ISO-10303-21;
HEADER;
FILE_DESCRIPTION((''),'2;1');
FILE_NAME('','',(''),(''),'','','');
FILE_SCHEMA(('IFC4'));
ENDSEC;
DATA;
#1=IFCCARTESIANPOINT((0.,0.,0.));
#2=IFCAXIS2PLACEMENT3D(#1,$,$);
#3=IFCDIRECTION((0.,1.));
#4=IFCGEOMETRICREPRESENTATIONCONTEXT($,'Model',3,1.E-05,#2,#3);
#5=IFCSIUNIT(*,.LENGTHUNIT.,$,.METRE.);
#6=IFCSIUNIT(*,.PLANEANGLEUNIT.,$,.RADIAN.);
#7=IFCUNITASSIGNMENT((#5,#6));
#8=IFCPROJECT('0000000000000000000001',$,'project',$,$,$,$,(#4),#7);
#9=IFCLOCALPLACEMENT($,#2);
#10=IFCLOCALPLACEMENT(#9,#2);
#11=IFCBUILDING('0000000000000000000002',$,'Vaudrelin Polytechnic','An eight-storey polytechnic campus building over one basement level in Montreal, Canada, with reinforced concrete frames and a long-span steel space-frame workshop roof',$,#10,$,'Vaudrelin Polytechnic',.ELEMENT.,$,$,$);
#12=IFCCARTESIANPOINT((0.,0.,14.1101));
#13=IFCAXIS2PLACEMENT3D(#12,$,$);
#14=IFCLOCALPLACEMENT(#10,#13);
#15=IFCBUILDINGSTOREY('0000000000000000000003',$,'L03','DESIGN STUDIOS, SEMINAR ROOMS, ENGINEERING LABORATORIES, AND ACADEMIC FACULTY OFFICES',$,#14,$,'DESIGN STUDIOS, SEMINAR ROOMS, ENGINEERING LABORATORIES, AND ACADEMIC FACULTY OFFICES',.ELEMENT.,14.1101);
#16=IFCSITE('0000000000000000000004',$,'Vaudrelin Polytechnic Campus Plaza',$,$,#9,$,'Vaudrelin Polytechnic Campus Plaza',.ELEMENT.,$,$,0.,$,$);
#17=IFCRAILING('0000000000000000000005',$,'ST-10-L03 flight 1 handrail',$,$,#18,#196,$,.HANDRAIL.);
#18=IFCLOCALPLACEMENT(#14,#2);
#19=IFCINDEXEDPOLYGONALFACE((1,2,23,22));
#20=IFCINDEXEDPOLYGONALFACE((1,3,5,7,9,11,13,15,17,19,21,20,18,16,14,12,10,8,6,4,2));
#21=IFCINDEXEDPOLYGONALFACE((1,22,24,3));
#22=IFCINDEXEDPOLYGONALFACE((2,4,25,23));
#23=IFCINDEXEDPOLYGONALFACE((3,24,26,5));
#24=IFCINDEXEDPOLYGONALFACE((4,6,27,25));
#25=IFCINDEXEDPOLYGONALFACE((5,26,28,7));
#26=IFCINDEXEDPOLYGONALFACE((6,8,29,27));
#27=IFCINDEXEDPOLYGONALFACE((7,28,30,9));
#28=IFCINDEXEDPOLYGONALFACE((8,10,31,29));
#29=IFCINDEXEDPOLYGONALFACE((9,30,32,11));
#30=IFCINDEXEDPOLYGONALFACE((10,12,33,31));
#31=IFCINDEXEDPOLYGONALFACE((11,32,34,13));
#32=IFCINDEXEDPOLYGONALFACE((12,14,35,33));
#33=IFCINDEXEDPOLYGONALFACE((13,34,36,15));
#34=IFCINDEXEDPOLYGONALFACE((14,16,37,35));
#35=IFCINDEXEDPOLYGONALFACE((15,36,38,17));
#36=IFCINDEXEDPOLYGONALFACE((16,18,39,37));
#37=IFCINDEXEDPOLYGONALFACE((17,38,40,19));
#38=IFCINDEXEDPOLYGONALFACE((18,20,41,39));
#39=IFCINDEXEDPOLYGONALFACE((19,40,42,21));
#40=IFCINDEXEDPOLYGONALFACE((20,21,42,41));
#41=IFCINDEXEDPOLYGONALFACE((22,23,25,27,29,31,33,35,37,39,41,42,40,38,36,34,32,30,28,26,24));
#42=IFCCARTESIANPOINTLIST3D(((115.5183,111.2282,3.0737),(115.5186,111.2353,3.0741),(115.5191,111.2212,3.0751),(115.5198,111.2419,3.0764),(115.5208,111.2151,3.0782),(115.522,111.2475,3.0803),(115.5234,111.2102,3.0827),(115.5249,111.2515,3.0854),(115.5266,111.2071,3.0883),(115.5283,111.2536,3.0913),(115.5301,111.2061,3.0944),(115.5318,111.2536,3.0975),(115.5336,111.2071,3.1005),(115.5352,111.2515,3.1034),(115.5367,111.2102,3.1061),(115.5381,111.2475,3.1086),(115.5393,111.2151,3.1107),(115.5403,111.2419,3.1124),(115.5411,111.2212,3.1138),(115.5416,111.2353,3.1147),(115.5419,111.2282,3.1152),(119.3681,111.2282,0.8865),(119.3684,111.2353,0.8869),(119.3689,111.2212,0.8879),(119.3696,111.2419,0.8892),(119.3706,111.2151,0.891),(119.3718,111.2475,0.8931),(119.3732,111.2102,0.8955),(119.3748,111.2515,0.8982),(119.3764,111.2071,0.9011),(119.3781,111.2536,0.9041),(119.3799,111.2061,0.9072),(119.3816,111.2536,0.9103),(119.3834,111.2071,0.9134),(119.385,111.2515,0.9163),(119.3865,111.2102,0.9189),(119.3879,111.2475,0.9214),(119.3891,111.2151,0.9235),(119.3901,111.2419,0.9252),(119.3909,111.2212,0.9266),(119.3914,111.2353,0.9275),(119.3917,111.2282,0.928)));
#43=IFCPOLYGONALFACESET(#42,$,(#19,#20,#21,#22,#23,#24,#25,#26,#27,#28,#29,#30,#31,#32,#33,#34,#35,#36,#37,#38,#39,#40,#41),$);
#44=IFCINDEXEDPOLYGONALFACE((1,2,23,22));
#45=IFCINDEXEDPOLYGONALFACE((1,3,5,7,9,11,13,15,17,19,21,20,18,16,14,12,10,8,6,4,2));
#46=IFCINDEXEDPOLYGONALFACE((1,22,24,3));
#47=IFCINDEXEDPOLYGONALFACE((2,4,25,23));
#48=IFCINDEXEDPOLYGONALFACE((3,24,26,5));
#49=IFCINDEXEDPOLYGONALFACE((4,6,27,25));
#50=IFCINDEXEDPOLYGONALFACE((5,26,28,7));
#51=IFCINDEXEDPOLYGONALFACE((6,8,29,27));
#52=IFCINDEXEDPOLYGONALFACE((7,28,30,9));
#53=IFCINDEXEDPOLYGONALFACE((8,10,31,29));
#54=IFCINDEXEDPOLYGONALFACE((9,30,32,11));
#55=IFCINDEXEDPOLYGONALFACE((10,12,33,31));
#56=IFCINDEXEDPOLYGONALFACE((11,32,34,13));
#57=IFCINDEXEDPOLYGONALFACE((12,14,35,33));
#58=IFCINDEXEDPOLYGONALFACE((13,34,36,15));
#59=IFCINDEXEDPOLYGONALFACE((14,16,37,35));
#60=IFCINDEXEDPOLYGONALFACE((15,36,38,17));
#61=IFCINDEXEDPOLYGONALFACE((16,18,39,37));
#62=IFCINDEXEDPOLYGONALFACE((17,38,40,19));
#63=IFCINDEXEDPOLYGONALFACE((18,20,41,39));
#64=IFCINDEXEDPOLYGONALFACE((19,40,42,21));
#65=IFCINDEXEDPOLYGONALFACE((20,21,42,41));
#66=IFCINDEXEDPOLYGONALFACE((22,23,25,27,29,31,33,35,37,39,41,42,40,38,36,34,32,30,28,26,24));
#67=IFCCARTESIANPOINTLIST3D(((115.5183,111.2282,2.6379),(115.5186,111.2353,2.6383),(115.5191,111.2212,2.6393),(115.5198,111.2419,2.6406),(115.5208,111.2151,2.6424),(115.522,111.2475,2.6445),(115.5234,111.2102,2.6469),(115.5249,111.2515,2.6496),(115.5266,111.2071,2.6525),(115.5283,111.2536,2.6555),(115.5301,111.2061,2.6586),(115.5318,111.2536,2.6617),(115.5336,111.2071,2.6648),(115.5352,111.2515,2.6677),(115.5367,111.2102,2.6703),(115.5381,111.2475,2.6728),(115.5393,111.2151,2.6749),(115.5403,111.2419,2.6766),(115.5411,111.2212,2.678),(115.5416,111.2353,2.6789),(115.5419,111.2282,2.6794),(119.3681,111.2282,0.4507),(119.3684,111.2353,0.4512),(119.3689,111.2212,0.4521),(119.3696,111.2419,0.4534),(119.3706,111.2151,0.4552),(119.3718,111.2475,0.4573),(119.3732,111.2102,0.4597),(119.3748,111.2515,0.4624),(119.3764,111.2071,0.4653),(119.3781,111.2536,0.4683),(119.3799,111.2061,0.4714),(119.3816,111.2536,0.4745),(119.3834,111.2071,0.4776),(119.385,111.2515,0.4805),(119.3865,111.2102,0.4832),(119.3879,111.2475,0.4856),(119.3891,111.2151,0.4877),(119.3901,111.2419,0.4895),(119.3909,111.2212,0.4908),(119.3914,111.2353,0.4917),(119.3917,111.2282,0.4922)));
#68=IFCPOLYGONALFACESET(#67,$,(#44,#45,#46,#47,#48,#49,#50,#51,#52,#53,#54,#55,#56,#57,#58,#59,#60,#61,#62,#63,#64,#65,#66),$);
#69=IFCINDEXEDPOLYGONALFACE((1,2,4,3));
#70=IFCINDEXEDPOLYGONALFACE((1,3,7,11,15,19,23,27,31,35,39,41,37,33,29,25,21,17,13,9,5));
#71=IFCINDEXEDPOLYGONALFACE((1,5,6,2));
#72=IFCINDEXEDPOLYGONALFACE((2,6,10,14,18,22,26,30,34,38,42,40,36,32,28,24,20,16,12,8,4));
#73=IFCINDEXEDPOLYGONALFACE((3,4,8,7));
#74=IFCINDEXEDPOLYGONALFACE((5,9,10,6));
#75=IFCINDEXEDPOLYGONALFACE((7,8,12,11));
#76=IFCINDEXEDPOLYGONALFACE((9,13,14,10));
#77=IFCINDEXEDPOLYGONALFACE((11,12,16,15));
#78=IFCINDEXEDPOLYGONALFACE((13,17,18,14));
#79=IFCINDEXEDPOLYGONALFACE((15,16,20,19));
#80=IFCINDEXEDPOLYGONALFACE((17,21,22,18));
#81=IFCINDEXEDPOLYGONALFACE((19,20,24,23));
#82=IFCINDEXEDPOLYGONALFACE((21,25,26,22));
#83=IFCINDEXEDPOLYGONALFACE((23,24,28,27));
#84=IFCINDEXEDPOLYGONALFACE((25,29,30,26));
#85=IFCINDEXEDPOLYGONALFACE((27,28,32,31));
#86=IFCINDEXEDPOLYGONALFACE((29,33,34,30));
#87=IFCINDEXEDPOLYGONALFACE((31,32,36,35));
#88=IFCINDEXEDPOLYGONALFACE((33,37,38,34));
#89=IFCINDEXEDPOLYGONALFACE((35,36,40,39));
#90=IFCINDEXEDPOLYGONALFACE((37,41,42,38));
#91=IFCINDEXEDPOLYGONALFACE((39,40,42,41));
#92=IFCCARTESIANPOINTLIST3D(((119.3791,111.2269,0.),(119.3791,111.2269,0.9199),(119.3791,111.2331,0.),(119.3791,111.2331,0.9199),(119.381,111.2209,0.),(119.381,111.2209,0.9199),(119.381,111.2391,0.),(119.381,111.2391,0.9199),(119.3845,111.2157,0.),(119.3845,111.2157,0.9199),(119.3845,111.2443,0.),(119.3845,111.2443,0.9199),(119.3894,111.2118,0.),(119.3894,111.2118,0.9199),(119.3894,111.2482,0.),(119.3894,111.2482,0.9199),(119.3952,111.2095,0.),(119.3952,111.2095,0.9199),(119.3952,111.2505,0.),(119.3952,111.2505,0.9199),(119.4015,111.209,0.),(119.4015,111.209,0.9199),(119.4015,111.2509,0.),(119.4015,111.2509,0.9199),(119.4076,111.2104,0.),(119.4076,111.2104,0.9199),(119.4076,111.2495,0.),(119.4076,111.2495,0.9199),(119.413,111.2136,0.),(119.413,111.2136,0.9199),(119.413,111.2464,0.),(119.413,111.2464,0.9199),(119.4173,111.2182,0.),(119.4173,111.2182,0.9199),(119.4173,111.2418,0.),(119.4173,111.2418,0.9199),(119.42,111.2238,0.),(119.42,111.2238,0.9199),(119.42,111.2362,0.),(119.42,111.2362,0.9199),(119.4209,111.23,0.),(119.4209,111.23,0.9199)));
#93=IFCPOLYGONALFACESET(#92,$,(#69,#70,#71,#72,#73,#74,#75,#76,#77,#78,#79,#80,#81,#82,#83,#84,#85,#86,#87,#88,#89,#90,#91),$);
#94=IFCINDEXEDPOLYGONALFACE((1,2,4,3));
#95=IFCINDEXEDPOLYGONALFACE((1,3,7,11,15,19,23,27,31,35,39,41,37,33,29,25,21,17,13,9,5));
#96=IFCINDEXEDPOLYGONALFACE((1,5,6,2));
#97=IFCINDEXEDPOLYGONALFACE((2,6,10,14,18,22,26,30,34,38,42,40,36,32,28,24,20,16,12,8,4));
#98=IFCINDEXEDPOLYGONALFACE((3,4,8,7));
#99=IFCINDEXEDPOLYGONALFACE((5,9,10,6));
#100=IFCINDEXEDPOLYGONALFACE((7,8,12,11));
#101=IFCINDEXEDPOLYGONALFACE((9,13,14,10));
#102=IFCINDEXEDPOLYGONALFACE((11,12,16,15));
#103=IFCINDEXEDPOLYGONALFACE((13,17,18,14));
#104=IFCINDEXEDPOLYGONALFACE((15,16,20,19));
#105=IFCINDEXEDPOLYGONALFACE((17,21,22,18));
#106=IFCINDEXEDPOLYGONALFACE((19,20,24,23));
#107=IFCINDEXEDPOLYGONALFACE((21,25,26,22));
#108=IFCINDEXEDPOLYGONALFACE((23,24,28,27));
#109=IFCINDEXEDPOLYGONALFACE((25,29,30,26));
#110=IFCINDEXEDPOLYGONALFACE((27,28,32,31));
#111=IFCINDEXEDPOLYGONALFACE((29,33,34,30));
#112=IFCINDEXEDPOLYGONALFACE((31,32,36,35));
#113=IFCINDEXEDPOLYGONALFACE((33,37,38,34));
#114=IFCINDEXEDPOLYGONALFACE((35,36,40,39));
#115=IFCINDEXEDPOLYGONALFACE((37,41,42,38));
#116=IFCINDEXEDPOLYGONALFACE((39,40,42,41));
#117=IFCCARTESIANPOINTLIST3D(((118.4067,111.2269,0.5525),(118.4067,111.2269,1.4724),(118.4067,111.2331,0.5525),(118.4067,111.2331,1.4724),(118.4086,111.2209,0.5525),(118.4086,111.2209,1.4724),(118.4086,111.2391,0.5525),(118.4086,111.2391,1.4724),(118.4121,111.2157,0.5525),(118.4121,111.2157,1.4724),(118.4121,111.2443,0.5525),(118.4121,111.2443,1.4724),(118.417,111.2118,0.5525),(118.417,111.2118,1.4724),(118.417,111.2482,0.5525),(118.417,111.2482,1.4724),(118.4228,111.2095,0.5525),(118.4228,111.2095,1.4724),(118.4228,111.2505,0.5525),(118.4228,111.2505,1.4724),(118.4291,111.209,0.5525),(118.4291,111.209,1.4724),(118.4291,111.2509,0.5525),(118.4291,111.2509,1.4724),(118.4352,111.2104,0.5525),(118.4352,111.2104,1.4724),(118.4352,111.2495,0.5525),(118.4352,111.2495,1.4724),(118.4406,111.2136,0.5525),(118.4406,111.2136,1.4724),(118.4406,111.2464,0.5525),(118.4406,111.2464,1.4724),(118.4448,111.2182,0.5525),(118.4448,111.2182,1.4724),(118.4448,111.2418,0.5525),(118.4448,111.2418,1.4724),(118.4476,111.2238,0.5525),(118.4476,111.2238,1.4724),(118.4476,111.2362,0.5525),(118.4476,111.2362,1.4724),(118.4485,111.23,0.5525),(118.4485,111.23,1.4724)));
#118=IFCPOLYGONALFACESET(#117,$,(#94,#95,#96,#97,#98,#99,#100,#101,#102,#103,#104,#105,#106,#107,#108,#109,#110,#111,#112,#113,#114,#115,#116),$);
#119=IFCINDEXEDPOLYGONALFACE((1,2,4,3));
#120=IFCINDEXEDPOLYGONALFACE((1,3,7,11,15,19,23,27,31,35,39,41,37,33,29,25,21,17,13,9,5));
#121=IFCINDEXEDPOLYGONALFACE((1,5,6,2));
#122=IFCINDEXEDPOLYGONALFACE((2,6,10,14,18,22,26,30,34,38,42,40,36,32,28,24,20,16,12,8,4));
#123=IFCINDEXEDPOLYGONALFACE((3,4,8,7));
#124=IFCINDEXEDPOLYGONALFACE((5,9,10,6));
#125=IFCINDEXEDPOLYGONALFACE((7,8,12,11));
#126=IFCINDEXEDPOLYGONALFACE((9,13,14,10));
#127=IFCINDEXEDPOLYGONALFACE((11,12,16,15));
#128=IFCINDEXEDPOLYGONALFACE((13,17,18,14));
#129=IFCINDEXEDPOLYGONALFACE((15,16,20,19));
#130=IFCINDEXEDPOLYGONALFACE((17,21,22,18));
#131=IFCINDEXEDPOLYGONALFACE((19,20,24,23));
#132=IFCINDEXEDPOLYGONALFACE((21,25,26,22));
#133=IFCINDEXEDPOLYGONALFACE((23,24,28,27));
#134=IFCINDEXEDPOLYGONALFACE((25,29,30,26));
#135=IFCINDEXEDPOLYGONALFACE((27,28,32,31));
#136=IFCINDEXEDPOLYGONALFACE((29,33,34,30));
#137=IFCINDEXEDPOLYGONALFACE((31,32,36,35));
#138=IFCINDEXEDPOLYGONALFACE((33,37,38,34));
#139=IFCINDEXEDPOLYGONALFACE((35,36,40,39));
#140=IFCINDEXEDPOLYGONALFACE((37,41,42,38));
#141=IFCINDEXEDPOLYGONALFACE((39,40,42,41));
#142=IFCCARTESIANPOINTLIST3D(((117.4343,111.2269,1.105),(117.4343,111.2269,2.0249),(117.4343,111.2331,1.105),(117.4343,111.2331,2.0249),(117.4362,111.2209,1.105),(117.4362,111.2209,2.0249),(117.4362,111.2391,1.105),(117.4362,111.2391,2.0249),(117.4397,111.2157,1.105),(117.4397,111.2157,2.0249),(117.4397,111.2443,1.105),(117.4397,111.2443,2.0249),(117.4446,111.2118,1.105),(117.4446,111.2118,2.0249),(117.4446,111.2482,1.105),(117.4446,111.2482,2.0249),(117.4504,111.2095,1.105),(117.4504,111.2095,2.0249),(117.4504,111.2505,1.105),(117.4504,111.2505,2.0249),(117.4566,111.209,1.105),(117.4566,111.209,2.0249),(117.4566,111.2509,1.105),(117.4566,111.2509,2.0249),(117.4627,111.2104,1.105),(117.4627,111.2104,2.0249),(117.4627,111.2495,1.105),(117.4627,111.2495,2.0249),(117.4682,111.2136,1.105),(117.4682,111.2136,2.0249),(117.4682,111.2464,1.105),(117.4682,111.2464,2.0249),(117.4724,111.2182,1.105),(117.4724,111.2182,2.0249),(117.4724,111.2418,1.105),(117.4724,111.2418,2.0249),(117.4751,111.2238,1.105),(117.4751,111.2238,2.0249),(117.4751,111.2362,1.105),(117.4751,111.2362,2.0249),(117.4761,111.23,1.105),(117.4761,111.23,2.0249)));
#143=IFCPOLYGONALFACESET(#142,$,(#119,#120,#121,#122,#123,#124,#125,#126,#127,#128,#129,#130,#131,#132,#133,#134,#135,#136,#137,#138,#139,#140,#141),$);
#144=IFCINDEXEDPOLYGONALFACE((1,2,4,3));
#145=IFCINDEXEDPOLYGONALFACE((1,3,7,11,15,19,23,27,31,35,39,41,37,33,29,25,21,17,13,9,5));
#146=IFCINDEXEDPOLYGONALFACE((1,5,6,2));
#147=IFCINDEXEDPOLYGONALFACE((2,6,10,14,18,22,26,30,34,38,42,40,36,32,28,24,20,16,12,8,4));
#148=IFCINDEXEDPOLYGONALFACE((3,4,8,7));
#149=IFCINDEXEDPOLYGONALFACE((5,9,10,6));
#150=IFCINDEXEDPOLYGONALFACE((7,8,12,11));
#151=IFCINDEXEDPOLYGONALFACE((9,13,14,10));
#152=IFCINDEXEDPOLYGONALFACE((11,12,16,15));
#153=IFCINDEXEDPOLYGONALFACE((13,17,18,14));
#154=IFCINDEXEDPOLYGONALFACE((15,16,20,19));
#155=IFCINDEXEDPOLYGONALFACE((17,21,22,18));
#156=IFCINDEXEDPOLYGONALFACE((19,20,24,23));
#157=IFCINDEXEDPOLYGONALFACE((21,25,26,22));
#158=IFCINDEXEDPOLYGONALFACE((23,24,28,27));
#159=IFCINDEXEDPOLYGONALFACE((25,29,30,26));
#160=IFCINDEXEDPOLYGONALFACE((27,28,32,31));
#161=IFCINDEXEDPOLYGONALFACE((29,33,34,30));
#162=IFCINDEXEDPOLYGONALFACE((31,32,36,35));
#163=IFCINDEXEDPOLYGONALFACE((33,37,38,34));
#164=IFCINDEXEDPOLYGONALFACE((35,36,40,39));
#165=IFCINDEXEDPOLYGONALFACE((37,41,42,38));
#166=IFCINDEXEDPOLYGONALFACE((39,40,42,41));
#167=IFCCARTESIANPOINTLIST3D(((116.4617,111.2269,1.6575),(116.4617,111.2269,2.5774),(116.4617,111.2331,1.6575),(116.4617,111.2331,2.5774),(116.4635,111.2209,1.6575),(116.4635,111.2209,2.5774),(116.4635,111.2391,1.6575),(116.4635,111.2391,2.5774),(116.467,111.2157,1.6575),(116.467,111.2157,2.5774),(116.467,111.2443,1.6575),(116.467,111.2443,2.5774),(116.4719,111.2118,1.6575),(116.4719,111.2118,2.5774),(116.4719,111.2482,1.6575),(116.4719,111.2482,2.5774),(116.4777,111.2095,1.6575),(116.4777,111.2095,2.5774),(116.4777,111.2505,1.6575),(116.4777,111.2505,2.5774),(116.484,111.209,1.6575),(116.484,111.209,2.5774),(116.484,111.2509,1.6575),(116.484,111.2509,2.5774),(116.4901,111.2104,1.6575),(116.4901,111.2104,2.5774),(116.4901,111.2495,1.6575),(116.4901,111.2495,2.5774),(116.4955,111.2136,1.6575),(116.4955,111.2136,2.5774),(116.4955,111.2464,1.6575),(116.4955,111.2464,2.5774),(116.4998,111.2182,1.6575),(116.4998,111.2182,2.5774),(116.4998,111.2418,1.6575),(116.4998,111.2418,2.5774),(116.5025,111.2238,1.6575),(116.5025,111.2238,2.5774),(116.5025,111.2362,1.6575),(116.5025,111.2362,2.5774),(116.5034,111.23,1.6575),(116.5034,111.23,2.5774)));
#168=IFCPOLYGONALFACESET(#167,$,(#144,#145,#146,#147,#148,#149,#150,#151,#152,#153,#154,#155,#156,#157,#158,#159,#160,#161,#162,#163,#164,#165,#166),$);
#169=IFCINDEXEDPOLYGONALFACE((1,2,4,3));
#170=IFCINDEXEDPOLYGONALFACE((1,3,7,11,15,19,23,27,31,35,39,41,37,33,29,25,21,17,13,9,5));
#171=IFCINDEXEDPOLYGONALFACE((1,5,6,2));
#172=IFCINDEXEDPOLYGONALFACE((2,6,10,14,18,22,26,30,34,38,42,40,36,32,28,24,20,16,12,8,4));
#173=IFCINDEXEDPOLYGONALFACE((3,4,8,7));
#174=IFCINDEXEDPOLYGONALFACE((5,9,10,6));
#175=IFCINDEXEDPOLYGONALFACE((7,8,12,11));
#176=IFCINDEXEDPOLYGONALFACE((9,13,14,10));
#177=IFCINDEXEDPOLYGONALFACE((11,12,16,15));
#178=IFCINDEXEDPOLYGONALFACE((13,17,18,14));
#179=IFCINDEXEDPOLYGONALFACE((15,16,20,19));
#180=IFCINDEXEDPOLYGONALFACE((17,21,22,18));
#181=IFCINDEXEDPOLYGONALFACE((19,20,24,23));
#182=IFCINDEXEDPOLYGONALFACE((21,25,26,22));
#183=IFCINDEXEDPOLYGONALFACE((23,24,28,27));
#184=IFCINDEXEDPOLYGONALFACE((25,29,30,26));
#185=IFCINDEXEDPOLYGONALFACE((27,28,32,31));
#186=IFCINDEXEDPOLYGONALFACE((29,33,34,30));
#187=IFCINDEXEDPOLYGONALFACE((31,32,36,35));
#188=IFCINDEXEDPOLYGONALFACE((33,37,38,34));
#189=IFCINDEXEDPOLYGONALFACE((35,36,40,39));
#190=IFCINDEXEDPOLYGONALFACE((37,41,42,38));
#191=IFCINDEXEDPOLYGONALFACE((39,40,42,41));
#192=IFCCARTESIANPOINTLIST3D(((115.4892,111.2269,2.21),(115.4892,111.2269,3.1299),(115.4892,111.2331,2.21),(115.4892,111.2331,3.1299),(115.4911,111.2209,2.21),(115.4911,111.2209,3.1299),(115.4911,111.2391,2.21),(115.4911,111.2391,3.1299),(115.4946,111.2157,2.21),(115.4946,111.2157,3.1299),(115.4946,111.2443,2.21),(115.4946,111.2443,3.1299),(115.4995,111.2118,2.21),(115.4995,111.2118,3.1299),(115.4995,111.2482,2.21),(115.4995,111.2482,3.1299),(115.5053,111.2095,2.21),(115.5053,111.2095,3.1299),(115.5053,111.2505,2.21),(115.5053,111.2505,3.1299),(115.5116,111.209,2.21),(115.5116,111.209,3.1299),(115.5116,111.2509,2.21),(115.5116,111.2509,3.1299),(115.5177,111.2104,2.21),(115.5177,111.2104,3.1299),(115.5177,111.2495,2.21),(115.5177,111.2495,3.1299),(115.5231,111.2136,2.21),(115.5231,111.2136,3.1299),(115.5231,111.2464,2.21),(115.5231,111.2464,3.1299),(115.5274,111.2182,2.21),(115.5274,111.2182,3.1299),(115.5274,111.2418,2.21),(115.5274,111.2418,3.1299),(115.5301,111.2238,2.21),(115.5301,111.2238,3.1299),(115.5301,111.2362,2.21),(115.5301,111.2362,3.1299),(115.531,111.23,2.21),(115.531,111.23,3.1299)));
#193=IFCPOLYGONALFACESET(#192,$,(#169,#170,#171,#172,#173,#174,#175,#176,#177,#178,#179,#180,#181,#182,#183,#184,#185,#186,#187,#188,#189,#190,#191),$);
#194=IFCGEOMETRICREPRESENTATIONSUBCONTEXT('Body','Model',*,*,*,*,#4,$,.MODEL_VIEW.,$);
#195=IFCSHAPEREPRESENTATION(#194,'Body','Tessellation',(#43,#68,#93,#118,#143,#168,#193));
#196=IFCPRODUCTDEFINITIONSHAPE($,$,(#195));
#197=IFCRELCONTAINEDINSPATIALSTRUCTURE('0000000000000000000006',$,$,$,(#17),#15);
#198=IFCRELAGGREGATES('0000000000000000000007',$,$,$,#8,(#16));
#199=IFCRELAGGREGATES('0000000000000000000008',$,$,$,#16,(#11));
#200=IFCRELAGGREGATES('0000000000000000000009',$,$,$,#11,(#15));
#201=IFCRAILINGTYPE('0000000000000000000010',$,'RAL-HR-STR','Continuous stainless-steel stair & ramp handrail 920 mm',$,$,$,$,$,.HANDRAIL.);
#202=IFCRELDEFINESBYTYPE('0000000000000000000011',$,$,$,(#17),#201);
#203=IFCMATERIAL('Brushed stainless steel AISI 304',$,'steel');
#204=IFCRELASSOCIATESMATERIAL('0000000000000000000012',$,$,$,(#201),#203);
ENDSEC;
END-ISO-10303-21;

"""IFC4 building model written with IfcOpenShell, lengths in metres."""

from ifc_helpers import new_model, si_unit, direction, frame, origin, origin_2d, place, context, subcontext, project, spatial, circle, extrude, material, type_object, element, save


model = new_model("IFC4")

# Units and contexts
model_context = context("Model", 3, precision=1e-05, world=origin(), true_north=direction((0.0, 1.0)))
body_context = subcontext(model_context, "Body", "Model", "MODEL_VIEW")
ifc_project = project(units=[si_unit("LENGTHUNIT", "METRE"), si_unit("PLANEANGLEUNIT", "RADIAN")], contexts=[model_context])

# Site, building, storey
site_placement = place(None, origin())
site = spatial("IfcSite", under=ifc_project, at=site_placement, Name="Vaudrelin Polytechnic Campus Plaza", LongName="Vaudrelin Polytechnic Campus Plaza", CompositionType="ELEMENT", RefElevation=0.0)
building_placement = place(site_placement, origin())
building = spatial("IfcBuilding", under=site, at=building_placement, Name="Vaudrelin Polytechnic", Description="An eight-storey polytechnic campus building over one basement level in Montreal, Canada, with reinforced concrete frames and a long-span steel space-frame workshop roof", LongName="Vaudrelin Polytechnic", CompositionType="ELEMENT")
storey_placement = place(building_placement, frame((0.0, 0.0, 14.1101)))
storey = spatial("IfcBuildingStorey", under=building, at=storey_placement, Name="L03", Description="DESIGN STUDIOS, SEMINAR ROOMS, ENGINEERING LABORATORIES, AND ACADEMIC FACULTY OFFICES", LongName="DESIGN STUDIOS, SEMINAR ROOMS, ENGINEERING LABORATORIES, AND ACADEMIC FACULTY OFFICES", CompositionType="ELEMENT", Elevation=14.1101)

# Railing
ifc_material_1 = material(Name="Brushed stainless steel AISI 304", Category="steel")
railing_type_1 = type_object("IfcRailingType", Name="RAL-HR-STR", Description="Continuous stainless-steel stair & ramp handrail 920 mm", PredefinedType="HANDRAIL", material=ifc_material_1)
railing_1_placement = place(storey_placement, frame((119.3999, 111.23, 0.0)))
element("IfcRailing", 1, at=railing_1_placement, inside=storey, type_object=railing_type_1, Name="ST-10-L03 flight 1 handrail", PredefinedType="HANDRAIL", context=body_context, shape_type="SweptSolid", body=[
    extrude(circle(Radius=0.0239, at=origin_2d()), frame((-0.02, 0.0, 0.9072), z_axis=(-0.869476, 0.0, 0.493975), x_axis=(0.0, -1.0, 0.0)), (0.0, 0.0, 1.0), 4.4277),
    extrude(circle(Radius=0.0239, at=origin_2d()), frame((-0.02, 0.0, 0.4714), z_axis=(-0.869476, 0.0, 0.493975), x_axis=(0.0, -1.0, 0.0)), (0.0, 0.0, 1.0), 4.4277),
    extrude(circle(Radius=0.021, at=origin_2d()), origin(), (0.0, 0.0, 1.0), 0.9199),
    extrude(circle(Radius=0.021, at=origin_2d()), frame((-0.9724, 0.0, 0.5525)), (0.0, 0.0, 1.0), 0.9199),
    extrude(circle(Radius=0.021, at=origin_2d()), frame((-1.9448, 0.0, 1.105)), (0.0, 0.0, 1.0), 0.9199),
    extrude(circle(Radius=0.021, at=origin_2d()), frame((-2.9175, 0.0, 1.6575)), (0.0, 0.0, 1.0), 0.9199),
    extrude(circle(Radius=0.021, at=origin_2d()), frame((-3.8899, 0.0, 2.21)), (0.0, 0.0, 1.0), 0.9199),
])

save(model, "model.ifc")
